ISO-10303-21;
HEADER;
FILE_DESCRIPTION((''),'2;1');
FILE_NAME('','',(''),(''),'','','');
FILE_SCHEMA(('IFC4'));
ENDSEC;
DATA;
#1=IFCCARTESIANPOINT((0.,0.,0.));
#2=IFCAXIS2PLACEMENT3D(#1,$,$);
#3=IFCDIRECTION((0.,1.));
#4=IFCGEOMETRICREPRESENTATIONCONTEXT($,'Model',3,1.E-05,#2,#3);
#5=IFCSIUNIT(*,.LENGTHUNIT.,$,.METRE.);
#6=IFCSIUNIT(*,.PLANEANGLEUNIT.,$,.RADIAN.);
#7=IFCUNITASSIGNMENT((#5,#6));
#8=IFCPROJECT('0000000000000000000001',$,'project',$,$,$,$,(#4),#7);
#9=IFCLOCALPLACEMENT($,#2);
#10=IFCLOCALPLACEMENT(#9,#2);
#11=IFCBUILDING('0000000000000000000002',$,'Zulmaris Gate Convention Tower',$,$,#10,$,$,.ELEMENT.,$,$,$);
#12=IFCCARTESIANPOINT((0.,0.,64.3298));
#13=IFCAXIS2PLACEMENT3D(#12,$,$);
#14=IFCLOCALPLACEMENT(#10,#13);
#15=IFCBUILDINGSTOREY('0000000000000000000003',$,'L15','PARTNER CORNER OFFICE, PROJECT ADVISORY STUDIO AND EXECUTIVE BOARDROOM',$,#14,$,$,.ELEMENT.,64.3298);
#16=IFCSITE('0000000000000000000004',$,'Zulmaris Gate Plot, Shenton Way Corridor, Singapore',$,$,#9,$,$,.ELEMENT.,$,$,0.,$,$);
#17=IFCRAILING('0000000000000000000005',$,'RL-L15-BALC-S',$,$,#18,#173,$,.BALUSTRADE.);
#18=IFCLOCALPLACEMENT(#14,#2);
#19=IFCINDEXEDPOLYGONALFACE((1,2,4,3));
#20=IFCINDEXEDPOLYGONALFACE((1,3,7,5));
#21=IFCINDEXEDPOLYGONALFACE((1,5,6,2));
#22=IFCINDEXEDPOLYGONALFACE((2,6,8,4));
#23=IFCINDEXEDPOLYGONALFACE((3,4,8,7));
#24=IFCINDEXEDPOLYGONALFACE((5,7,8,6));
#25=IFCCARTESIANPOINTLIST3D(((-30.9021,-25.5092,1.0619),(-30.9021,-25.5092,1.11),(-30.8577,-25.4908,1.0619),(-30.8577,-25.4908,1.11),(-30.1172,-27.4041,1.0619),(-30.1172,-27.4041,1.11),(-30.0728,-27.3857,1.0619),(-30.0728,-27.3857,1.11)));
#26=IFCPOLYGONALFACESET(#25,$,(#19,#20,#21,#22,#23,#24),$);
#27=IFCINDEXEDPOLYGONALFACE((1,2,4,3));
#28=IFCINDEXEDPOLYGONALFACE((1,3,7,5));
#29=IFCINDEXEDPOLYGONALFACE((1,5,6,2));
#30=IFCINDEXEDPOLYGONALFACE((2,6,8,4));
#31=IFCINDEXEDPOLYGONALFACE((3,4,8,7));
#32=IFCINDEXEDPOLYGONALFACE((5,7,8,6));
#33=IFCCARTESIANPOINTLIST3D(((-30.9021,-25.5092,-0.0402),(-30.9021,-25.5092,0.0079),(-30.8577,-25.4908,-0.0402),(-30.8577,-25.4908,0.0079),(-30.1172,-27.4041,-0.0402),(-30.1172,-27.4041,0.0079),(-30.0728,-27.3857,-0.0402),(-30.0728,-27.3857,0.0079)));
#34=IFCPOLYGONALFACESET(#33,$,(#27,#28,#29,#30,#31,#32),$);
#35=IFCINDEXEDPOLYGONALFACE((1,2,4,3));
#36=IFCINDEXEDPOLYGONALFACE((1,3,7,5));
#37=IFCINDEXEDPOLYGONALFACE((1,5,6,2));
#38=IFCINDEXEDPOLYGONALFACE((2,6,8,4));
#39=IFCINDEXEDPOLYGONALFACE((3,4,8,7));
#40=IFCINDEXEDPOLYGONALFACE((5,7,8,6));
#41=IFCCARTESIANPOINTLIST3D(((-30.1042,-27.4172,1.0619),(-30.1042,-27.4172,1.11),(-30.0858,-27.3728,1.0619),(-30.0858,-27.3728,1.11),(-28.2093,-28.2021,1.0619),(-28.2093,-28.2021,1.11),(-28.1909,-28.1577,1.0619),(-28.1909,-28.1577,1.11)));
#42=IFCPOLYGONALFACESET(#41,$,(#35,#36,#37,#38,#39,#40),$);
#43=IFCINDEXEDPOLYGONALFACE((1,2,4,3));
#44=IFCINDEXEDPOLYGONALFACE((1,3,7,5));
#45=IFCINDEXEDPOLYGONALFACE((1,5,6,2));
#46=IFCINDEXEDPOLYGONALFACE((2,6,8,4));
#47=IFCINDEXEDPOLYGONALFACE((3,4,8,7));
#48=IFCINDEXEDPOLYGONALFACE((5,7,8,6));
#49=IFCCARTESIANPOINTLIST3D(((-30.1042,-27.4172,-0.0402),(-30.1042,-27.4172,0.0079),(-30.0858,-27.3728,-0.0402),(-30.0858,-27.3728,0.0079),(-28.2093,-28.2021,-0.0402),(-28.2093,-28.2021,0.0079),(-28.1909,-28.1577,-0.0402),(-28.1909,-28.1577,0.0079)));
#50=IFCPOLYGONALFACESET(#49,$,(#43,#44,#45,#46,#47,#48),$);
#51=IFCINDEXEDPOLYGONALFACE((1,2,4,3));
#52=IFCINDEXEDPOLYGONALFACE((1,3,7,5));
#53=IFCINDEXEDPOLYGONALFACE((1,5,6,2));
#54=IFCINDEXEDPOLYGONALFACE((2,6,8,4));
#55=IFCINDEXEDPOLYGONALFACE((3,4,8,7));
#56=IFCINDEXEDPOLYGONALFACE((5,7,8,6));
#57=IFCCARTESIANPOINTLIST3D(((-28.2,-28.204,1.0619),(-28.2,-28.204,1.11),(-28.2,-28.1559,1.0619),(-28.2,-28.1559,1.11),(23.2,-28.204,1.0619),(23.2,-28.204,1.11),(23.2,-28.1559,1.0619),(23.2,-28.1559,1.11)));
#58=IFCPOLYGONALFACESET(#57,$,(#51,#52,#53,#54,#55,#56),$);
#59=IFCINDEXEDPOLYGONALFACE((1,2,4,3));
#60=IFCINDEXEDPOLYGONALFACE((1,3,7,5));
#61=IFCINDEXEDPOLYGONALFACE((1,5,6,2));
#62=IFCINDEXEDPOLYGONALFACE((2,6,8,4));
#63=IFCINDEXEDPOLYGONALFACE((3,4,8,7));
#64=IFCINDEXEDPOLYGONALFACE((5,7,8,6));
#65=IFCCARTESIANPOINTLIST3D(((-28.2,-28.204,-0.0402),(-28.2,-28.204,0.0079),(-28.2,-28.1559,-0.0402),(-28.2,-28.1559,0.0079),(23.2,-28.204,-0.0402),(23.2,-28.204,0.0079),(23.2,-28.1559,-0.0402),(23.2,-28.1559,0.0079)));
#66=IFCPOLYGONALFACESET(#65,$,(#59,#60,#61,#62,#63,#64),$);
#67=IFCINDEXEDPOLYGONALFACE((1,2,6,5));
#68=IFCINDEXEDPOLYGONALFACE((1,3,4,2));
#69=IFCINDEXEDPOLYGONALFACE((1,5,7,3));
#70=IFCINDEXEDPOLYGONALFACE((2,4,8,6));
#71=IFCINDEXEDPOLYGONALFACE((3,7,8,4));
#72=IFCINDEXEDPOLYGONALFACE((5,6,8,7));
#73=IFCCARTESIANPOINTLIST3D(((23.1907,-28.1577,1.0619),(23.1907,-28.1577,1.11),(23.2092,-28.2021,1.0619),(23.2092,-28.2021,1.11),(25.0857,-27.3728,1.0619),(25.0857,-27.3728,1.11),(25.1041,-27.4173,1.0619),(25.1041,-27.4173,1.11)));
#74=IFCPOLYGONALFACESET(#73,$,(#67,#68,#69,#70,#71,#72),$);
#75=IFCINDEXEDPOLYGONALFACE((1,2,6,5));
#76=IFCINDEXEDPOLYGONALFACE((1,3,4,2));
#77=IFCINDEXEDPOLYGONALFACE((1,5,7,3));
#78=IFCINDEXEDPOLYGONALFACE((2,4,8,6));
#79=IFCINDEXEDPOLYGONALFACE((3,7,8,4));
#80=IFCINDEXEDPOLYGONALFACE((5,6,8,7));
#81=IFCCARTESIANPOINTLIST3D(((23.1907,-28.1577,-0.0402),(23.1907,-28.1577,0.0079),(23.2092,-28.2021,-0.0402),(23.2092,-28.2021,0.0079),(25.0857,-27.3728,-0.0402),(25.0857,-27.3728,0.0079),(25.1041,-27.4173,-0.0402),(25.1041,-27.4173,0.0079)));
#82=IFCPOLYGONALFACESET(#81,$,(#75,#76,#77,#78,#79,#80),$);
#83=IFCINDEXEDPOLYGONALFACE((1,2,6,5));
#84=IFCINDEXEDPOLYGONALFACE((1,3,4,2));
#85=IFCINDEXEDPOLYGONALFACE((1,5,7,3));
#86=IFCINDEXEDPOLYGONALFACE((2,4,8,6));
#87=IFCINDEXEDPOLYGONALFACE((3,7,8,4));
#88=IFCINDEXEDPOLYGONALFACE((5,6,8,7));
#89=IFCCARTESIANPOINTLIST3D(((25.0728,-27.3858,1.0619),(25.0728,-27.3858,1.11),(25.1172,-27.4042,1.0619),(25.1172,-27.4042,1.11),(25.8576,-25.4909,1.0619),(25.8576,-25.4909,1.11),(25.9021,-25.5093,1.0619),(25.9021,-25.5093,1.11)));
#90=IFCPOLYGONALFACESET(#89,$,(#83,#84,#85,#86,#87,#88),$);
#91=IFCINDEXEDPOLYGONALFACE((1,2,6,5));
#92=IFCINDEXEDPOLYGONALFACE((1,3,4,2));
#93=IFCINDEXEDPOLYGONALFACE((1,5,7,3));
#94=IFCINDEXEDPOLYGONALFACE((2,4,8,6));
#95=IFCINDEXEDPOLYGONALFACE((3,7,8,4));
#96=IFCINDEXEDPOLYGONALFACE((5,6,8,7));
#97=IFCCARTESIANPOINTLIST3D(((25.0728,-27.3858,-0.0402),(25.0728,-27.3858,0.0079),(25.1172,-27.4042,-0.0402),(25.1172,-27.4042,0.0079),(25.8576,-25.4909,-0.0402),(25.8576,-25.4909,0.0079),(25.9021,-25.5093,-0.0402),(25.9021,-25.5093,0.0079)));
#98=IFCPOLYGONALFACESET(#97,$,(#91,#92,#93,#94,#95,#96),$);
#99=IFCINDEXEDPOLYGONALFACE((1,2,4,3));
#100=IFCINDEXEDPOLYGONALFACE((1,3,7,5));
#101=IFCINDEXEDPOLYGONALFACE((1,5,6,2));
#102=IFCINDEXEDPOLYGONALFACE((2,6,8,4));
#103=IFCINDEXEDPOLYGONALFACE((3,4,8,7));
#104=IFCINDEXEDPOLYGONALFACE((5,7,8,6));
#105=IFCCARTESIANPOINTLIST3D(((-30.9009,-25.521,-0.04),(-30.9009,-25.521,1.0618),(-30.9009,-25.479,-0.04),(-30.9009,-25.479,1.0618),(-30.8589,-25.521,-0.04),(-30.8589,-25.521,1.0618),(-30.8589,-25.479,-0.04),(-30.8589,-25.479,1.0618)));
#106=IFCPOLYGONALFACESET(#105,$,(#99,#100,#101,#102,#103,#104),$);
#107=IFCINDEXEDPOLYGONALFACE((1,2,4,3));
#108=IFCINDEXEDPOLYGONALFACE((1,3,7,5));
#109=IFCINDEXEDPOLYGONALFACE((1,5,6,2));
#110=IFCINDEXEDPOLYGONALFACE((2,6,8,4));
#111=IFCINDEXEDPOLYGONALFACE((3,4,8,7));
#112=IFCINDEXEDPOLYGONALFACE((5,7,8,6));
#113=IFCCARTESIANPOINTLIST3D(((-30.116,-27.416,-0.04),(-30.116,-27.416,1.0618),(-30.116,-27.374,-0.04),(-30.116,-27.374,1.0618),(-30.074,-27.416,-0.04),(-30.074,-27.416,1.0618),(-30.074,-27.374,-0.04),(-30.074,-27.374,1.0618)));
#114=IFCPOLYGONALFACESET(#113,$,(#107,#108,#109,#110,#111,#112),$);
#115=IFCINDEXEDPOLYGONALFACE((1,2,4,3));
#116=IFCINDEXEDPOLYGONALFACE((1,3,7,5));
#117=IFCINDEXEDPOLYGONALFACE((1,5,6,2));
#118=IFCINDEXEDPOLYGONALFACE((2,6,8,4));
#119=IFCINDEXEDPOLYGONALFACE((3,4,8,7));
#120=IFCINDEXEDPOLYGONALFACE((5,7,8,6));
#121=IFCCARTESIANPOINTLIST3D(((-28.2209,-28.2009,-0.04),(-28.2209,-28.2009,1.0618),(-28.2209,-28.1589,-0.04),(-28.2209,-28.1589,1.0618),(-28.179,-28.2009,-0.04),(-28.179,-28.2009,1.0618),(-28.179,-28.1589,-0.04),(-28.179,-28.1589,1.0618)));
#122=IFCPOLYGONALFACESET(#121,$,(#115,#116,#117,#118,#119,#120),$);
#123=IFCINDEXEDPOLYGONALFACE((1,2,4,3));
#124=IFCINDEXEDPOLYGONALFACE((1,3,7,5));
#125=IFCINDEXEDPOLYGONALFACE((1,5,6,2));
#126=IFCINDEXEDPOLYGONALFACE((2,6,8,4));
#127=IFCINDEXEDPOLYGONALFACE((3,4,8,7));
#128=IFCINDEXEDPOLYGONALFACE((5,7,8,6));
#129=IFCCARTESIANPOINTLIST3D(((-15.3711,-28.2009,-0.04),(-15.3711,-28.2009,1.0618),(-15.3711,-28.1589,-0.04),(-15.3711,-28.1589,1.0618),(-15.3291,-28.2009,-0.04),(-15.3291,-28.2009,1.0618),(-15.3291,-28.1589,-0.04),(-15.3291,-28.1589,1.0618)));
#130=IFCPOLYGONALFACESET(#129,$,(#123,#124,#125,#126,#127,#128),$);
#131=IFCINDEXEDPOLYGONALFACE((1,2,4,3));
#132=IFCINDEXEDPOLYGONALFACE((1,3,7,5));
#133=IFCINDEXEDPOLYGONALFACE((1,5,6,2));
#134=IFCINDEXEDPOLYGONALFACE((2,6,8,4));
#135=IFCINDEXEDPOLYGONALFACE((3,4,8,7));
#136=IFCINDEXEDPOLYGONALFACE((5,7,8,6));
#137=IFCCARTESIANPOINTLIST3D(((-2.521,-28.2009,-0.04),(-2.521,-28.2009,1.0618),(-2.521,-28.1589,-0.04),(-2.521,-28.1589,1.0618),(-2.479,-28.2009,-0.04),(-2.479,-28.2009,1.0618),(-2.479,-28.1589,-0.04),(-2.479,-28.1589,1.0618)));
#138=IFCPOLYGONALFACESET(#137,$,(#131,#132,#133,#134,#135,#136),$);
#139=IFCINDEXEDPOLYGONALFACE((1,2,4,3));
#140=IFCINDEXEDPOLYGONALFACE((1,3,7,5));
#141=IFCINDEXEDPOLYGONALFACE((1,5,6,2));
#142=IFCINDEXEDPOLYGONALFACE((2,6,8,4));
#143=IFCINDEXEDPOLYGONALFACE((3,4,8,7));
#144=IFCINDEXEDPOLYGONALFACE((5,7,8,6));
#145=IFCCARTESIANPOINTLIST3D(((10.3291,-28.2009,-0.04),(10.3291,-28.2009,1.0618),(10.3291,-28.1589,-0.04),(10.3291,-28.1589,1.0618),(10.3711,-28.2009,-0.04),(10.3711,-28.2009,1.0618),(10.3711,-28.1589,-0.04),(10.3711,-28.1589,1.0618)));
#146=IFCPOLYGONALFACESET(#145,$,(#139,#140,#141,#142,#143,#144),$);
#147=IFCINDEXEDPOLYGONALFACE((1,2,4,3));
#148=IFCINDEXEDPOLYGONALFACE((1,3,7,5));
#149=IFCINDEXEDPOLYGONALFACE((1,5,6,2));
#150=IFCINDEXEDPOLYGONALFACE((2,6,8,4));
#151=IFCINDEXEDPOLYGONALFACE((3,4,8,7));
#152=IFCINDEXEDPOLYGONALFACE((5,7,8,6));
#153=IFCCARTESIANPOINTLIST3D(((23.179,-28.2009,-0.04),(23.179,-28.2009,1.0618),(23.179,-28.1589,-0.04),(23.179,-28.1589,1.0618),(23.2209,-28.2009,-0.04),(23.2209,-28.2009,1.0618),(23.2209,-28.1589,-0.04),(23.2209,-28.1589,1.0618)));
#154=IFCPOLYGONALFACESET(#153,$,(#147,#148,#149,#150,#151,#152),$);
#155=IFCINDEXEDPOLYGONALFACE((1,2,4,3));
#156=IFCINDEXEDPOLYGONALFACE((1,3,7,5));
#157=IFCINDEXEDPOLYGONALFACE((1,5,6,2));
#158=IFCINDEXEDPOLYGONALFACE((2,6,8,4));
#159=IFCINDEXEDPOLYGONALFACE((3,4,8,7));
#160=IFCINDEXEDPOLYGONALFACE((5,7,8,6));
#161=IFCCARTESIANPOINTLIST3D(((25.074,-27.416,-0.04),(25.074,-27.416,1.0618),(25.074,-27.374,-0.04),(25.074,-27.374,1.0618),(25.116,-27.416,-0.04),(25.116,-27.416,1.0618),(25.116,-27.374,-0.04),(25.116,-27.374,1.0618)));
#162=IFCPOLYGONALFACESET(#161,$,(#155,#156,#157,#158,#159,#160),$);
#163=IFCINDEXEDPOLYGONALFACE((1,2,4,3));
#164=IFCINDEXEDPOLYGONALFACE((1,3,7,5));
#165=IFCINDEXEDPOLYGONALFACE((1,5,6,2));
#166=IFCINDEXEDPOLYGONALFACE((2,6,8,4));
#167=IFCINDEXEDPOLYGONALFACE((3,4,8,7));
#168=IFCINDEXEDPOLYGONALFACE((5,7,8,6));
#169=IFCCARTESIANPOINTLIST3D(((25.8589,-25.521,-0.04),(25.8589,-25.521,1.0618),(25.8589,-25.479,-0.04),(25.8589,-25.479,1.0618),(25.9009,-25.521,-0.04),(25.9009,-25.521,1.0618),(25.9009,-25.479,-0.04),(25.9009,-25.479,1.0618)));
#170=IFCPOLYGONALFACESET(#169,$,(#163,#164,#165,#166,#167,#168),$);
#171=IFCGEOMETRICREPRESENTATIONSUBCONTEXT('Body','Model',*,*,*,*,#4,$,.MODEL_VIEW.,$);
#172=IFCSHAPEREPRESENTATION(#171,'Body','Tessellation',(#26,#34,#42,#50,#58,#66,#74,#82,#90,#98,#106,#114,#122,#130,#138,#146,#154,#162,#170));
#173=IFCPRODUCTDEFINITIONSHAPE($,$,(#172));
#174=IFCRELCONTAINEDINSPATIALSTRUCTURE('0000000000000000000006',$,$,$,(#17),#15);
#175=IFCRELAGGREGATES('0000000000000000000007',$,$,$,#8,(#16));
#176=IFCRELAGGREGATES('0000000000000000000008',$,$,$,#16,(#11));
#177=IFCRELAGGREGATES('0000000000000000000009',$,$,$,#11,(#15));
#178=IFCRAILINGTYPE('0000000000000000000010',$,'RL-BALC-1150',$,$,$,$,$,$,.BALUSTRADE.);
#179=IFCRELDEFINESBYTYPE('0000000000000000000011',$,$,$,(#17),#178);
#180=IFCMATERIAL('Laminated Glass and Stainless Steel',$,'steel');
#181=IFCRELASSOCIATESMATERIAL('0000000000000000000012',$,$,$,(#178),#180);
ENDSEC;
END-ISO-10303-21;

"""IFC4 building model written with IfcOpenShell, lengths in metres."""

from ifc_helpers import new_model, si_unit, direction, frame, origin, origin_2d, place, context, subcontext, project, spatial, rectangle, extrude, material, type_object, element, save


model = new_model("IFC4")

# Units and contexts
model_context = context("Model", 3, precision=1e-05, world=origin(), true_north=direction((0.0, 1.0)))
body_context = subcontext(model_context, "Body", "Model", "MODEL_VIEW")
ifc_project = project(units=[si_unit("LENGTHUNIT", "METRE"), si_unit("PLANEANGLEUNIT", "RADIAN")], contexts=[model_context])

# Site, building, storey
site_placement = place(None, origin())
site = spatial("IfcSite", under=ifc_project, at=site_placement, Name="Zulmaris Gate Plot, Shenton Way Corridor, Singapore", CompositionType="ELEMENT", RefElevation=0.0)
building_placement = place(site_placement, origin())
building = spatial("IfcBuilding", under=site, at=building_placement, Name="Zulmaris Gate Convention Tower", CompositionType="ELEMENT")
storey_placement = place(building_placement, frame((0.0, 0.0, 64.3298)))
storey = spatial("IfcBuildingStorey", under=building, at=storey_placement, Name="L15", Description="PARTNER CORNER OFFICE, PROJECT ADVISORY STUDIO AND EXECUTIVE BOARDROOM", CompositionType="ELEMENT", Elevation=64.3298)

# Railing
ifc_material_1 = material(Name="Laminated Glass and Stainless Steel", Category="steel")
railing_type = type_object("IfcRailingType", Name="RL-BALC-1150", PredefinedType="BALUSTRADE", material=ifc_material_1)
railing_placement = place(storey_placement, frame((-30.8799, -25.5, -0.04)))
element("IfcRailing", 1, at=railing_placement, inside=storey, type_object=railing_type, Name="RL-L15-BALC-S", PredefinedType="BALUSTRADE", context=body_context, shape_type="SweptSolid", body=[
    extrude(rectangle(XDim=0.0481, YDim=0.0481, at=origin_2d()), frame((0.0, 0.0, 1.126), z_axis=(0.382671, -0.923885, 0.0), x_axis=(0.923885, 0.382671, 0.0)), (0.0, 0.0, 1.0), 2.051),
    extrude(rectangle(XDim=0.0481, YDim=0.0481, at=origin_2d()), frame((0.0, 0.0, 0.0239), z_axis=(0.382671, -0.923885, 0.0), x_axis=(0.923885, 0.382671, 0.0)), (0.0, 0.0, 1.0), 2.051),
    extrude(rectangle(XDim=0.0481, YDim=0.0481, at=origin_2d()), frame((0.7849, -1.895, 1.126), z_axis=(0.923885, -0.382671, 0.0), x_axis=(0.382671, 0.923885, 0.0)), (0.0, 0.0, 1.0), 2.051),
    extrude(rectangle(XDim=0.0481, YDim=0.0481, at=origin_2d()), frame((0.7849, -1.895, 0.0239), z_axis=(0.923885, -0.382671, 0.0), x_axis=(0.382671, 0.923885, 0.0)), (0.0, 0.0, 1.0), 2.051),
    extrude(rectangle(XDim=0.0481, YDim=0.0481, at=origin_2d()), frame((2.6799, -2.6799, 1.126), z_axis=(1.0, 0.0, 0.0), x_axis=(0.0, 1.0, 0.0)), (0.0, 0.0, 1.0), 51.3999),
    extrude(rectangle(XDim=0.0481, YDim=0.0481, at=origin_2d()), frame((2.6799, -2.6799, 0.0239), z_axis=(1.0, 0.0, 0.0), x_axis=(0.0, 1.0, 0.0)), (0.0, 0.0, 1.0), 51.3999),
    extrude(rectangle(XDim=0.0481, YDim=0.0481, at=origin_2d()), frame((54.0798, -2.6799, 1.126), z_axis=(0.923885, 0.382671, 0.0), x_axis=(-0.382671, 0.923885, 0.0)), (0.0, 0.0, 1.0), 2.051),
    extrude(rectangle(XDim=0.0481, YDim=0.0481, at=origin_2d()), frame((54.0798, -2.6799, 0.0239), z_axis=(0.923885, 0.382671, 0.0), x_axis=(-0.382671, 0.923885, 0.0)), (0.0, 0.0, 1.0), 2.051),
    extrude(rectangle(XDim=0.0481, YDim=0.0481, at=origin_2d()), frame((55.9749, -1.895, 1.126), z_axis=(0.382671, 0.923885, 0.0), x_axis=(-0.923885, 0.382671, 0.0)), (0.0, 0.0, 1.0), 2.051),
    extrude(rectangle(XDim=0.0481, YDim=0.0481, at=origin_2d()), frame((55.9749, -1.895, 0.0239), z_axis=(0.382671, 0.923885, 0.0), x_axis=(-0.923885, 0.382671, 0.0)), (0.0, 0.0, 1.0), 2.051),
    extrude(rectangle(XDim=0.042, YDim=0.042, at=origin_2d()), origin(), (0.0, 0.0, 1.0), 1.1018),
    extrude(rectangle(XDim=0.042, YDim=0.042, at=origin_2d()), frame((0.7849, -1.895, 0.0)), (0.0, 0.0, 1.0), 1.1018),
    extrude(rectangle(XDim=0.042, YDim=0.042, at=origin_2d()), frame((2.6799, -2.6799, 0.0)), (0.0, 0.0, 1.0), 1.1018),
    extrude(rectangle(XDim=0.042, YDim=0.042, at=origin_2d()), frame((15.5298, -2.6799, 0.0)), (0.0, 0.0, 1.0), 1.1018),
    extrude(rectangle(XDim=0.042, YDim=0.042, at=origin_2d()), frame((28.3799, -2.6799, 0.0)), (0.0, 0.0, 1.0), 1.1018),
    extrude(rectangle(XDim=0.042, YDim=0.042, at=origin_2d()), frame((41.23, -2.6799, 0.0)), (0.0, 0.0, 1.0), 1.1018),
    extrude(rectangle(XDim=0.042, YDim=0.042, at=origin_2d()), frame((54.0798, -2.6799, 0.0)), (0.0, 0.0, 1.0), 1.1018),
    extrude(rectangle(XDim=0.042, YDim=0.042, at=origin_2d()), frame((55.9749, -1.895, 0.0)), (0.0, 0.0, 1.0), 1.1018),
    extrude(rectangle(XDim=0.042, YDim=0.042, at=origin_2d()), frame((56.7598, 0.0, 0.0)), (0.0, 0.0, 1.0), 1.1018),
])

save(model, "model.ifc")
